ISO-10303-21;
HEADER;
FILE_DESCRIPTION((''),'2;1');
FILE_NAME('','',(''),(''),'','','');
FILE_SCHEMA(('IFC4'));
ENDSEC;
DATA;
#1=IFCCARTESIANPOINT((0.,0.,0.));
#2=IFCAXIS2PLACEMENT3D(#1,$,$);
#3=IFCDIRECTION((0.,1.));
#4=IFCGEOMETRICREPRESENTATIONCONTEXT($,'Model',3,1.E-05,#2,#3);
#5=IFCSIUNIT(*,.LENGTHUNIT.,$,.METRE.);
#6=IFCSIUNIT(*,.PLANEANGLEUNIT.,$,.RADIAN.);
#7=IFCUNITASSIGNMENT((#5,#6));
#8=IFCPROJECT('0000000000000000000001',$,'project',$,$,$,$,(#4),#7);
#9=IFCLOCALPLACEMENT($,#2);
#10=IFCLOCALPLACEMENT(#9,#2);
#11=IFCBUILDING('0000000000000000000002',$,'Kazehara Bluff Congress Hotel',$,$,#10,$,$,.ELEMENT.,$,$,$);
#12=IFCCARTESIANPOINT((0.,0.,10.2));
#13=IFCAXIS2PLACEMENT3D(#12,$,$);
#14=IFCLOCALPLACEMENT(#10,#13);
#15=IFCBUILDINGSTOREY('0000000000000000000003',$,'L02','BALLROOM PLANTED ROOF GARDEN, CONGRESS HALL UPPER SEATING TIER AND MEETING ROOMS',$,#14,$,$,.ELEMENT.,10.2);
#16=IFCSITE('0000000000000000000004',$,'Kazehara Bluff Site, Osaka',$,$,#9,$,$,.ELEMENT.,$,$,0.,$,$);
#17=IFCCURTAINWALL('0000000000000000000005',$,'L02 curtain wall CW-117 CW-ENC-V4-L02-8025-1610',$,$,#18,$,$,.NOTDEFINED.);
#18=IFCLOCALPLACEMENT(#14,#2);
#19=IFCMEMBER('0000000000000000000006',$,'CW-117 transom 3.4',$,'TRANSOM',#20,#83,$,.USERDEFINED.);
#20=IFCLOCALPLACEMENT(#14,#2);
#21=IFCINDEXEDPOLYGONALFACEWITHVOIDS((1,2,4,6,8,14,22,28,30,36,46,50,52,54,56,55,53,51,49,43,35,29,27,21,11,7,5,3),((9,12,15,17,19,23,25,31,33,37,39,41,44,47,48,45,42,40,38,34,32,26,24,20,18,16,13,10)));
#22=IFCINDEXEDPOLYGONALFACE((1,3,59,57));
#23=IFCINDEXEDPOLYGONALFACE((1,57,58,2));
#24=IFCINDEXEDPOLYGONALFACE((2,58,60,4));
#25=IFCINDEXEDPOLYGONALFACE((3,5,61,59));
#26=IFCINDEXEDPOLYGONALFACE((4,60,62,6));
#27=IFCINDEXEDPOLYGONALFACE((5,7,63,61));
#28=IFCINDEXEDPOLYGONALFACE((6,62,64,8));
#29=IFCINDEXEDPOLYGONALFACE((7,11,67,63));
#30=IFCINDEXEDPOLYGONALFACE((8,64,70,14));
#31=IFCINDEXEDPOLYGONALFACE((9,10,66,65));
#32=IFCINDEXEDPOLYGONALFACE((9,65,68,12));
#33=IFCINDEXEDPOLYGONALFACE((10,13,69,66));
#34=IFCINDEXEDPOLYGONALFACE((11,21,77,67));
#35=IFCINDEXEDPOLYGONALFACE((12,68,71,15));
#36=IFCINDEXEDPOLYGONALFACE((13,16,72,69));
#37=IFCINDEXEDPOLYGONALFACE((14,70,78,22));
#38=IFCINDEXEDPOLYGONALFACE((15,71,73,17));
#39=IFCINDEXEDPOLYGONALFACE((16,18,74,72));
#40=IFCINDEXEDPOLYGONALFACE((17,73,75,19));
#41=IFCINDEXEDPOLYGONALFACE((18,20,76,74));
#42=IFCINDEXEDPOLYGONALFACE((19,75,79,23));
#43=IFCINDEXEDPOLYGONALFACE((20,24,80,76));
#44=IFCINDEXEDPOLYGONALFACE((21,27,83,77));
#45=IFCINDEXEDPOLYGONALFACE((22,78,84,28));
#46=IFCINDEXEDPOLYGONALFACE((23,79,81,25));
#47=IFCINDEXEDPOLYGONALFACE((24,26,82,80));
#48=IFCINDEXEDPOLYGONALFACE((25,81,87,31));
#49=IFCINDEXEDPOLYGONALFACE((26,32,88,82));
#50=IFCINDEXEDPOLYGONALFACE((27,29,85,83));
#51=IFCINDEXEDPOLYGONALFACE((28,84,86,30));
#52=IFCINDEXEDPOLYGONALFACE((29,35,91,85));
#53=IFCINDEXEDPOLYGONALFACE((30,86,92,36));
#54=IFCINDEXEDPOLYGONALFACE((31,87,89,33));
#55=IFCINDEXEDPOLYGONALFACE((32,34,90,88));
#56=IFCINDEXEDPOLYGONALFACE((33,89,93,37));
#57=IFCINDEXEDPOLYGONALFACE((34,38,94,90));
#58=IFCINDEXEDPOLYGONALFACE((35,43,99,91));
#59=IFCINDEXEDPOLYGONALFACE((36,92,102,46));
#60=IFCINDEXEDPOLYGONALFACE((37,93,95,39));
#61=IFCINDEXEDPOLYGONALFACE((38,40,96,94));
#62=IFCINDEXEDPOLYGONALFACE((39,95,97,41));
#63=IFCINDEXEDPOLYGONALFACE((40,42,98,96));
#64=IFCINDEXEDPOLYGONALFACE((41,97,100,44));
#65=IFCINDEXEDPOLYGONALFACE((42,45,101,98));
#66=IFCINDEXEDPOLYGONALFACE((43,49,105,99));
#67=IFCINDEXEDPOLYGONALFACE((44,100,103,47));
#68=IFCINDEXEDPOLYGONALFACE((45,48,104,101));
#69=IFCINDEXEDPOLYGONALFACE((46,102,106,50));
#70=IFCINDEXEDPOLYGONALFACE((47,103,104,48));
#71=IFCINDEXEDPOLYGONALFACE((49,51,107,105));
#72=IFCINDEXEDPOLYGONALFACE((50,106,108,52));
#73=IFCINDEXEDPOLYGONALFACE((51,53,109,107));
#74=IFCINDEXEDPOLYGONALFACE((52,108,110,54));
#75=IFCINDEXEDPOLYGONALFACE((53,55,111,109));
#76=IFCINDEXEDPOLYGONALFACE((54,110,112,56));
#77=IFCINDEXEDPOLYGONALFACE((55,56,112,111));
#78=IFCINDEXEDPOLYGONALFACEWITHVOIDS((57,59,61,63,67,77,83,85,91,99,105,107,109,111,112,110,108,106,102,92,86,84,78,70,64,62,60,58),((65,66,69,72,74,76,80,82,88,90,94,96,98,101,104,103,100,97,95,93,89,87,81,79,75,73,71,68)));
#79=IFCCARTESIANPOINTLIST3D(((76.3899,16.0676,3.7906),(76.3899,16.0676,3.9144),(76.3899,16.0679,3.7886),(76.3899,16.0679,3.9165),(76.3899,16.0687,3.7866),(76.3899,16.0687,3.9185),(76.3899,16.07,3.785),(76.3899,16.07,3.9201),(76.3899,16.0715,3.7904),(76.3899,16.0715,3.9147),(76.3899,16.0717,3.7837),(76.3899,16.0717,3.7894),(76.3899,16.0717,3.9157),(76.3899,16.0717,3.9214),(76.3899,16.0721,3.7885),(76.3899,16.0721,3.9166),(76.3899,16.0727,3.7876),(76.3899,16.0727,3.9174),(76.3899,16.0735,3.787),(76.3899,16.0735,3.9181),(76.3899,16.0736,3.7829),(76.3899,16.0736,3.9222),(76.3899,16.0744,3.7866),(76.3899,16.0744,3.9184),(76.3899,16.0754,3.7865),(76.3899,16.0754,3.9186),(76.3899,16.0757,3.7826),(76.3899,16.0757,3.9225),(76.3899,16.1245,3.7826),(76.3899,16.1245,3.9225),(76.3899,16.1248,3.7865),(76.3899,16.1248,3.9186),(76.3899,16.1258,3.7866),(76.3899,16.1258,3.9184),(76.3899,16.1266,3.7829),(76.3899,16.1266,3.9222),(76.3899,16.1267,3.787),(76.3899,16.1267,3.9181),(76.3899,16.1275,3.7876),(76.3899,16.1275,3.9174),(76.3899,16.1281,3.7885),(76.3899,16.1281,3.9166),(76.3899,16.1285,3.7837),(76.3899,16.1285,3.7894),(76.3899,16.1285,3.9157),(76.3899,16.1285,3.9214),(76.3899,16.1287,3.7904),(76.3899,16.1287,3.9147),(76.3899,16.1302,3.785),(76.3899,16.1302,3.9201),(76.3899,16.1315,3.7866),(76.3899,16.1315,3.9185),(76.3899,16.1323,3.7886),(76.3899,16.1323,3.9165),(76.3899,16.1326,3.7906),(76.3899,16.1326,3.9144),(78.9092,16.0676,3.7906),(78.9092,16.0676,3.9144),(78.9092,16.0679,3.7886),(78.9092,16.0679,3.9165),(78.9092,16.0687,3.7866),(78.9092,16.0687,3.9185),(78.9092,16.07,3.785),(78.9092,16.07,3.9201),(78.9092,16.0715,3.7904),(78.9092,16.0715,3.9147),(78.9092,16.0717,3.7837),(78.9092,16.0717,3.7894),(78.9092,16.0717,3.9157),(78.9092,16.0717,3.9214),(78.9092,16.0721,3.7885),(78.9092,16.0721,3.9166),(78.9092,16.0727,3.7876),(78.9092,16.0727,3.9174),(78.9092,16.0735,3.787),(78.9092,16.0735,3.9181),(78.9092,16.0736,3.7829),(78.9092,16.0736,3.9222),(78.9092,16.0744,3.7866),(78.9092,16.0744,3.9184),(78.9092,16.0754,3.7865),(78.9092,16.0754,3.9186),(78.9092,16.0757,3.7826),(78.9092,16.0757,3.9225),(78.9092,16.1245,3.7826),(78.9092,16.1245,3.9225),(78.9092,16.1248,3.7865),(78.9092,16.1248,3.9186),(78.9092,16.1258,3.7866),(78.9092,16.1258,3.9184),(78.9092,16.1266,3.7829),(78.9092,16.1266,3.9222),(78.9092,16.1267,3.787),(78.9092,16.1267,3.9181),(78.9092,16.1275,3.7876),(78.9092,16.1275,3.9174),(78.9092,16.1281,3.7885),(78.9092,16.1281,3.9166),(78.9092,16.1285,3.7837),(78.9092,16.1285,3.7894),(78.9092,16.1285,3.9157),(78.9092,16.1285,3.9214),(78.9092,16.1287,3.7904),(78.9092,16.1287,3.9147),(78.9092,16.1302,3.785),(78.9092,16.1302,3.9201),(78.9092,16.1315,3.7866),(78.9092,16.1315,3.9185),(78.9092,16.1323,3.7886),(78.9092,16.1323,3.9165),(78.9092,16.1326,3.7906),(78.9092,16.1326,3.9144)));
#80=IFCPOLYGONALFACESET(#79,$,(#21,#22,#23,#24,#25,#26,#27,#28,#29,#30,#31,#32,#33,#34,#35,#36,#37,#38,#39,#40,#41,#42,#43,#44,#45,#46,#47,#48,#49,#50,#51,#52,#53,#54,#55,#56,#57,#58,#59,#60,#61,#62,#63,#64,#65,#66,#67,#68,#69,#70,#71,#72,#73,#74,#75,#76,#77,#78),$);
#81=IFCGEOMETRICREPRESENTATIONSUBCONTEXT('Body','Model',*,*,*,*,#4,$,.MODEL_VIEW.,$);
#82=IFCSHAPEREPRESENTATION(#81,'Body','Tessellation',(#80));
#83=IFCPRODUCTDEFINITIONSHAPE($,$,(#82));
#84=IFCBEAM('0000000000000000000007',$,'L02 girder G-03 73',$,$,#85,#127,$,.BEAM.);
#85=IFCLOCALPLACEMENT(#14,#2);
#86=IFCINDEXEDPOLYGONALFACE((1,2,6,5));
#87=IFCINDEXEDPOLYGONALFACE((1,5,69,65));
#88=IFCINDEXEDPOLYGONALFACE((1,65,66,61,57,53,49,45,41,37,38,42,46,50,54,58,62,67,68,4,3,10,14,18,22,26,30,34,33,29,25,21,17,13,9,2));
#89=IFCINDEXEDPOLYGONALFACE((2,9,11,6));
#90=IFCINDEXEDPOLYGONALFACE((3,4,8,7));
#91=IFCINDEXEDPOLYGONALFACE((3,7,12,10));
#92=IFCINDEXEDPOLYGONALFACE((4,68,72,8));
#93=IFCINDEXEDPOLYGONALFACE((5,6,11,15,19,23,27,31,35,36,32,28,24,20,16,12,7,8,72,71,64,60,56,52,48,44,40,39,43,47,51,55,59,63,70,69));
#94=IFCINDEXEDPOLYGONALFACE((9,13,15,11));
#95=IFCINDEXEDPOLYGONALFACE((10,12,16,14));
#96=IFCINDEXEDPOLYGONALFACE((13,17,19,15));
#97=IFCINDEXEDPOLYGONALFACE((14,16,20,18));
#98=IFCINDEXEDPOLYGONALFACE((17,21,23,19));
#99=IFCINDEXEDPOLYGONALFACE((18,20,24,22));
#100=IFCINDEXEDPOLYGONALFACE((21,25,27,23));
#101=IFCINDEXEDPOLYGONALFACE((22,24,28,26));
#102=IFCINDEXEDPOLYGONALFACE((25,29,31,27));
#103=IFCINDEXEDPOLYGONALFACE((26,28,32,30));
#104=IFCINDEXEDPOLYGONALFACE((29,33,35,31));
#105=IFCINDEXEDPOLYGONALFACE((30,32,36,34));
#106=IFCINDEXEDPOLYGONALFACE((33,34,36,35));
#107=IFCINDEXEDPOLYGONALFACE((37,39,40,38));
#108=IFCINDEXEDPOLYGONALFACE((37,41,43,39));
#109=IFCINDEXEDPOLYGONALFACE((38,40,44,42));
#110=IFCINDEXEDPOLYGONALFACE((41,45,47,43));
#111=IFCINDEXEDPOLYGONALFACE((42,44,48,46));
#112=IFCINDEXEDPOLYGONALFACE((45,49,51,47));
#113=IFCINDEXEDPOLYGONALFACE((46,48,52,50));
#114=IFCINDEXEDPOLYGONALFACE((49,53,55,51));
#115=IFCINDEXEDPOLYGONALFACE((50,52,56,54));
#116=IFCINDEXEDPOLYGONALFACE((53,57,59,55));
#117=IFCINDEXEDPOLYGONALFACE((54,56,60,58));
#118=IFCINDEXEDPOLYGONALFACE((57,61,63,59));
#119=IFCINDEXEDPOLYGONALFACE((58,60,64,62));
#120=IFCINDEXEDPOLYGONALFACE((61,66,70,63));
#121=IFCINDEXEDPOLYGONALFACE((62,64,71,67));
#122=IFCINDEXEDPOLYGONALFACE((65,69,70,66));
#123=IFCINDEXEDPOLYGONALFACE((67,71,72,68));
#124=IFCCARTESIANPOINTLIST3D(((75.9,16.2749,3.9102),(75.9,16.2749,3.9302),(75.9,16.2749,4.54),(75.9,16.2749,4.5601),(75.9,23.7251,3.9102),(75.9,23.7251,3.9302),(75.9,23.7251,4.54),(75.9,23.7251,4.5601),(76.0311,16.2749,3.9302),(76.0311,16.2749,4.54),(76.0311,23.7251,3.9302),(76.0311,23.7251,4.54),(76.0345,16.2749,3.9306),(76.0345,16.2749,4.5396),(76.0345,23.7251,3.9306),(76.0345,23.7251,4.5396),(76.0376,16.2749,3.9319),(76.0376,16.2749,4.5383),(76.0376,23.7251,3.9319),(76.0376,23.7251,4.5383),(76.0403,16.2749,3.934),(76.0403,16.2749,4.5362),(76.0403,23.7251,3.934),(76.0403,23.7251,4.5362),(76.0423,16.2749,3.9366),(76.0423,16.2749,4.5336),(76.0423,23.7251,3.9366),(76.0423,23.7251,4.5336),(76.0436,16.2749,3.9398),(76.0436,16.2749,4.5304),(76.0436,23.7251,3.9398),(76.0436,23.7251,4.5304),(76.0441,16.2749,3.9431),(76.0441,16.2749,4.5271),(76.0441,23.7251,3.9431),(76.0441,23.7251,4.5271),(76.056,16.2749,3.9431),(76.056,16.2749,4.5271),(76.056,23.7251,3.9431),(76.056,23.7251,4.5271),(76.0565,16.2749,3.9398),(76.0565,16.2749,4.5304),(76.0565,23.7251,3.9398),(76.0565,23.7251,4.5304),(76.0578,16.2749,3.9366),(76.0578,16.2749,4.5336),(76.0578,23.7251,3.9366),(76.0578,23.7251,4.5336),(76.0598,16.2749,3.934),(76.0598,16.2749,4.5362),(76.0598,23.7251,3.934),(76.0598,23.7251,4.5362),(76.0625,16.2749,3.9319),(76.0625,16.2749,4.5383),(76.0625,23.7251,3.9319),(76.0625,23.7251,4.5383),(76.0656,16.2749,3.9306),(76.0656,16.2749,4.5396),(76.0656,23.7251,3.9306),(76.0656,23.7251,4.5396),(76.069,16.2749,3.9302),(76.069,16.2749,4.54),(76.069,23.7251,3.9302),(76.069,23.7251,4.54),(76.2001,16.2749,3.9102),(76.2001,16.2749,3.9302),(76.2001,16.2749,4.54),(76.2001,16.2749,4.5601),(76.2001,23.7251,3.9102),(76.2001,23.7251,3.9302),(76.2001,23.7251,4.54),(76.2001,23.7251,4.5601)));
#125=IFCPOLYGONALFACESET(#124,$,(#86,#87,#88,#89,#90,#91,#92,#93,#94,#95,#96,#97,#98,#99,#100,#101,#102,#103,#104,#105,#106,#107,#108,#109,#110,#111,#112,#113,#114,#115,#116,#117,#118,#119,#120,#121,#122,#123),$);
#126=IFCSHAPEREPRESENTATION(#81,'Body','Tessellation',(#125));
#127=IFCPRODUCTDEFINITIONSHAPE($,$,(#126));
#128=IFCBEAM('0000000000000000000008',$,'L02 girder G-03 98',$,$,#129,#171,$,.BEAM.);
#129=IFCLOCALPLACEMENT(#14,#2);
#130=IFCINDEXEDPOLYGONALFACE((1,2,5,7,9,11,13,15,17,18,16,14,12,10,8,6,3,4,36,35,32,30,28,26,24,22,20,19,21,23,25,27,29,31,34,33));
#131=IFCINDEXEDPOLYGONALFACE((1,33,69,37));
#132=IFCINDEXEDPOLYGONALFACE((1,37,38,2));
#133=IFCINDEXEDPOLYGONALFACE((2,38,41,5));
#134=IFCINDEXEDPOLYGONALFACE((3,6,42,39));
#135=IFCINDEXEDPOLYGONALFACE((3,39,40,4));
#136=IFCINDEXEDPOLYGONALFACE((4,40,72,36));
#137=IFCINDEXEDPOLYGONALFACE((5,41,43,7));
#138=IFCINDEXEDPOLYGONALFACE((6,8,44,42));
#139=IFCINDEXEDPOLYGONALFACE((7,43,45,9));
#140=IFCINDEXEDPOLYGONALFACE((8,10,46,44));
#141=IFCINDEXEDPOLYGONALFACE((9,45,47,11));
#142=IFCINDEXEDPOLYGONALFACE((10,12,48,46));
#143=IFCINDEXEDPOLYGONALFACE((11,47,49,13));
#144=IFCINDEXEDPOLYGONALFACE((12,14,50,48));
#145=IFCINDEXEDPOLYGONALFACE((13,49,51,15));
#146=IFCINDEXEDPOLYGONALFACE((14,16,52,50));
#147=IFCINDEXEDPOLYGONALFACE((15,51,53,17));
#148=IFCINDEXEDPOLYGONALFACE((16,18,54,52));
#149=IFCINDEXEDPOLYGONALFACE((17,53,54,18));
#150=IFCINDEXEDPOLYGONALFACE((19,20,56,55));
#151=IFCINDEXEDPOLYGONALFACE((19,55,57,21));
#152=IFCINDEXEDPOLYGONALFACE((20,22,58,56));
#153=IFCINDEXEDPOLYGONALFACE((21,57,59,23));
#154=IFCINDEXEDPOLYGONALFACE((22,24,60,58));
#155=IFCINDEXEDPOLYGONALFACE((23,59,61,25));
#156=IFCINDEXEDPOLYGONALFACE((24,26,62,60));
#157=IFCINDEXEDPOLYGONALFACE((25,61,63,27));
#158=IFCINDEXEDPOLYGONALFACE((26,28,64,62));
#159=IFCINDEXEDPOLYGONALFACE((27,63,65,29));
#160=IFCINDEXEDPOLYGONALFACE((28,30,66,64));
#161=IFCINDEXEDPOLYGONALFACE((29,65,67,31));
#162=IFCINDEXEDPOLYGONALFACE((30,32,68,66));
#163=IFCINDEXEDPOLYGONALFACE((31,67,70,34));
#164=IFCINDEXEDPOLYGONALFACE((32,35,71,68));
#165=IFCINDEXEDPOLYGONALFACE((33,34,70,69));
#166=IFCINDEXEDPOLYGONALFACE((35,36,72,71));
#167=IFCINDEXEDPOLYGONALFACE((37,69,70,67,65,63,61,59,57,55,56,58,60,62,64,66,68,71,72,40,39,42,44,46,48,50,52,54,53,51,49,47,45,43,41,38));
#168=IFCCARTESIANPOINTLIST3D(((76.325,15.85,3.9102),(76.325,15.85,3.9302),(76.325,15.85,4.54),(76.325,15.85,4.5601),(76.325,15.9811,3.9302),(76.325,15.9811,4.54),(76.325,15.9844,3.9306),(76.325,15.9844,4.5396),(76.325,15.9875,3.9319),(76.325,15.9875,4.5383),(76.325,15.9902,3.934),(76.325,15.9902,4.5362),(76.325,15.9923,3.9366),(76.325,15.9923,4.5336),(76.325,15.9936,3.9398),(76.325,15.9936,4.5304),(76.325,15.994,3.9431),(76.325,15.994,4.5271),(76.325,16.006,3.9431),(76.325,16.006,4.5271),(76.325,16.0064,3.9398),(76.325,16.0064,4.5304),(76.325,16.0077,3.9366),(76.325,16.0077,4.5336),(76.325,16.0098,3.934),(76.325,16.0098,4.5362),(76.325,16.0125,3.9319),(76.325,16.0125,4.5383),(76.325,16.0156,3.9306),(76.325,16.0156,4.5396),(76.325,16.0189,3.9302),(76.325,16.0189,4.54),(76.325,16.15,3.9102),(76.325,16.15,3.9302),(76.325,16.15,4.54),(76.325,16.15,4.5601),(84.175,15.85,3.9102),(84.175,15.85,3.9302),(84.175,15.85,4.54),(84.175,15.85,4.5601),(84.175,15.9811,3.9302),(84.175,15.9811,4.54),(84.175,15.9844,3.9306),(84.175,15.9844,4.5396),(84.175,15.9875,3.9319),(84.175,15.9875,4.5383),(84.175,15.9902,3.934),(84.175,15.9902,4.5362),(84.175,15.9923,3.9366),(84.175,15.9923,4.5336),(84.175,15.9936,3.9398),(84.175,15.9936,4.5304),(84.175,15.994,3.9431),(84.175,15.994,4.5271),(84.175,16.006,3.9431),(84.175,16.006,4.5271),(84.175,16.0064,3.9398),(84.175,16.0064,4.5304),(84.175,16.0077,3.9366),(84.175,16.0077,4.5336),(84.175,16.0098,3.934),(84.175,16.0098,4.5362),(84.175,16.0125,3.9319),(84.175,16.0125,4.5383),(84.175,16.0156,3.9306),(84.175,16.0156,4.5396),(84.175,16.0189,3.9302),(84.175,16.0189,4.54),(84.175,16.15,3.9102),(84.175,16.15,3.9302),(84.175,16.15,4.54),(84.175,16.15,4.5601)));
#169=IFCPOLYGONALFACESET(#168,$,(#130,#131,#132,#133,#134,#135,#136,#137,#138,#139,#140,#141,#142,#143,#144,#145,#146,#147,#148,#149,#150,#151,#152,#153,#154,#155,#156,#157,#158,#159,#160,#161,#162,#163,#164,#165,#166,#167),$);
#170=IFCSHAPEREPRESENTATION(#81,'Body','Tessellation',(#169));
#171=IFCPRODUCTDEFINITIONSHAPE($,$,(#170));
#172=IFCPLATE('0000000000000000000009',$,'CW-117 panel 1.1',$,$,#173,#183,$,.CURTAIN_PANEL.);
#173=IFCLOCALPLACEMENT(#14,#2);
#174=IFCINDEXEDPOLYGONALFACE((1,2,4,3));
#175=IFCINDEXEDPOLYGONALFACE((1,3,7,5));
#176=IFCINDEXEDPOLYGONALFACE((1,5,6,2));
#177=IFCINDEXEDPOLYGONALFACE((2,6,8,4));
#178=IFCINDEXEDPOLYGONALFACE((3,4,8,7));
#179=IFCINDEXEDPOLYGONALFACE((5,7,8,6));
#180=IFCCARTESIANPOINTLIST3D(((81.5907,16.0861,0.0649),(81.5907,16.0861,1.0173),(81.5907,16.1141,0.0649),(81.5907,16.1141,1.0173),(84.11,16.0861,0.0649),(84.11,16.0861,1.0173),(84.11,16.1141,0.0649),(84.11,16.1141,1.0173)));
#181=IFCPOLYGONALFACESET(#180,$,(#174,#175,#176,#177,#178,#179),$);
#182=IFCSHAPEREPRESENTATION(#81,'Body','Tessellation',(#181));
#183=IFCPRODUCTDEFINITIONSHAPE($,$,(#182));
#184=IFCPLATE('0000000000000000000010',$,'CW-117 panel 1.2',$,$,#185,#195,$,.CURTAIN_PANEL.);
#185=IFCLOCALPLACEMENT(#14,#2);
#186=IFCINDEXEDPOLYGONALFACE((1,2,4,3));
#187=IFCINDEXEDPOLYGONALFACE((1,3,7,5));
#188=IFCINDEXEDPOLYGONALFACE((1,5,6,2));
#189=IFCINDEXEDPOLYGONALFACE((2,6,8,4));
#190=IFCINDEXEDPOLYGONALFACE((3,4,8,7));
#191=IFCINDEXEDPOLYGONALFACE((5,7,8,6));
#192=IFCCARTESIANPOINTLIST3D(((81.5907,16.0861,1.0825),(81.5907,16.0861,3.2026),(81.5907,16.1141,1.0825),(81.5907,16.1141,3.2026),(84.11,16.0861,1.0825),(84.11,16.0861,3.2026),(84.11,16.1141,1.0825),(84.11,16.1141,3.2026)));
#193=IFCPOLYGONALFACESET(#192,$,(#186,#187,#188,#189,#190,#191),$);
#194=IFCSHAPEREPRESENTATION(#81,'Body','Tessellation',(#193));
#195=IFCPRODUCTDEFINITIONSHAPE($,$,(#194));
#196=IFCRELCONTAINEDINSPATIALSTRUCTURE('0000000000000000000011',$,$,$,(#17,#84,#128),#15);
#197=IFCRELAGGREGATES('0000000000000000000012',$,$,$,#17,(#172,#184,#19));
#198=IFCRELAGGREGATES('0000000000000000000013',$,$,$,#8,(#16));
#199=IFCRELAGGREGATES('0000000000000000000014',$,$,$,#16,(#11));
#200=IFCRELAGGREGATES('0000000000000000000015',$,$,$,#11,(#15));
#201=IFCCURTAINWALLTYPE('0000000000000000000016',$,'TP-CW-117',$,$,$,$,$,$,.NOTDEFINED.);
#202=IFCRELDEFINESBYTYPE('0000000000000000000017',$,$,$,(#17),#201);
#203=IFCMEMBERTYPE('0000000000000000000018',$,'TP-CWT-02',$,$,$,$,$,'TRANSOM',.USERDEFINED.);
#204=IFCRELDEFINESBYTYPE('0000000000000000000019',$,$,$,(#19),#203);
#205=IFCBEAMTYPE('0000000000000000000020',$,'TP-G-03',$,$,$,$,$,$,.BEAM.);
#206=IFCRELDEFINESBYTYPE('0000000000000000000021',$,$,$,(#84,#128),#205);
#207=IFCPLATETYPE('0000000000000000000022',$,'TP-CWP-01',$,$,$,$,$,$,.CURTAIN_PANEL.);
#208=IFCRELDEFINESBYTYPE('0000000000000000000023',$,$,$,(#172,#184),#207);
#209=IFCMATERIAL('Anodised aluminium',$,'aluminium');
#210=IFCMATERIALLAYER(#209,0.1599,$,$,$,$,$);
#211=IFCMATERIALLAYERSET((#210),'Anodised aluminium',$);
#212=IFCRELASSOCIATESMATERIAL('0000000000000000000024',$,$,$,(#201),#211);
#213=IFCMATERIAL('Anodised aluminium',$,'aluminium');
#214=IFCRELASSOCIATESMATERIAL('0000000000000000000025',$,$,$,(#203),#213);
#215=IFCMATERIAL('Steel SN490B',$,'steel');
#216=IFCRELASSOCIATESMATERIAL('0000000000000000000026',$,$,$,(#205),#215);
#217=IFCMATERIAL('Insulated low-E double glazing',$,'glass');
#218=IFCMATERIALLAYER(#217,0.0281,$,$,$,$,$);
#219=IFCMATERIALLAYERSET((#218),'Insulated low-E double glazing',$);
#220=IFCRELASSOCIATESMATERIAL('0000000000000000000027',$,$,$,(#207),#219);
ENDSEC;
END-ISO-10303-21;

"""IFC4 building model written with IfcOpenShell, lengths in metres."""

from ifc_helpers import new_model, si_unit, direction, frame, origin, origin_2d, place, context, subcontext, project, spatial, rectangle, hollow_rectangle, i_section, extrude, material, layer, layer_set, material_profile, profile_set, type_object, element, aggregate, save


model = new_model("IFC4")

# Units and contexts
model_context = context("Model", 3, precision=1e-05, world=origin(), true_north=direction((0.0, 1.0)))
body_context = subcontext(model_context, "Body", "Model", "MODEL_VIEW")
ifc_project = project(units=[si_unit("LENGTHUNIT", "METRE"), si_unit("PLANEANGLEUNIT", "RADIAN")], contexts=[model_context])

# Site, building, storey
site_placement = place(None, origin())
site = spatial("IfcSite", under=ifc_project, at=site_placement, Name="Kazehara Bluff Site, Osaka", CompositionType="ELEMENT", RefElevation=0.0)
building_placement = place(site_placement, origin())
building = spatial("IfcBuilding", under=site, at=building_placement, Name="Kazehara Bluff Congress Hotel", CompositionType="ELEMENT")
storey_placement = place(building_placement, frame((0.0, 0.0, 10.2)))
storey = spatial("IfcBuildingStorey", under=building, at=storey_placement, Name="L02", Description="BALLROOM PLANTED ROOF GARDEN, CONGRESS HALL UPPER SEATING TIER AND MEETING ROOMS", CompositionType="ELEMENT", Elevation=10.2)

# Curtain wall
ifc_material_1 = material(Name="Anodised aluminium", Category="aluminium")
ifc_layer_1 = layer(ifc_material_1, 0.1599)
ifc_layer_set_1 = layer_set([ifc_layer_1], Name="Anodised aluminium")
curtain_wall_type_1 = type_object("IfcCurtainWallType", Name="TP-CW-117", PredefinedType="NOTDEFINED", material=ifc_layer_set_1)
curtain_wall_1_placement = place(storey_placement, origin())
curtain_wall_1 = element("IfcCurtainWall", 1, at=curtain_wall_1_placement, inside=storey, type_object=curtain_wall_type_1, Name="L02 curtain wall CW-117 CW-ENC-V4-L02-8025-1610", PredefinedType="NOTDEFINED")

# Member
ifc_material_2 = material(Name="Anodised aluminium", Category="aluminium")
ifc_material_profile_1 = material_profile(ifc_material_2, hollow_rectangle(XDim=0.0649, YDim=0.1399, WallThickness=0.0039, InnerFilletRadius=0.0039, OuterFilletRadius=0.0081, at=origin_2d()))
ifc_profile_set_1 = profile_set([ifc_material_profile_1], Name="Anodised aluminium")
member_type_1 = type_object("IfcMemberType", Name="TP-CWT-02", ElementType="TRANSOM", PredefinedType="USERDEFINED", material=ifc_profile_set_1)
member_1_placement = place(storey_placement, frame((78.9092, 16.1001, 3.8525), z_axis=(-1.0, 0.0, 0.0), x_axis=(0.0, -1.0, 0.0)))
member_1 = element("IfcMember", 2, at=member_1_placement, type_object=member_type_1, Name="CW-117 transom 3.4", ObjectType="TRANSOM", PredefinedType="USERDEFINED", context=body_context, shape_type="SweptSolid", body=[
    extrude(hollow_rectangle(XDim=0.0649, YDim=0.1399, WallThickness=0.0039, InnerFilletRadius=0.0039, OuterFilletRadius=0.0081, at=origin_2d()), origin(), (0.0, 0.0, 1.0), 2.5193),
])

# Beams
ifc_material_3 = material(Name="Steel SN490B", Category="steel")
ifc_material_profile_2 = material_profile(ifc_material_3, i_section(OverallWidth=0.3, OverallDepth=0.6499, WebThickness=0.012, FlangeThickness=0.02, FilletRadius=0.0129, at=origin_2d()))
ifc_profile_set_2 = profile_set([ifc_material_profile_2], Name="Steel SN490B")
beam_type = type_object("IfcBeamType", Name="TP-G-03", PredefinedType="BEAM", material=ifc_profile_set_2)
beam_1_placement = place(storey_placement, frame((76.05, 16.2749, 4.2351), z_axis=(0.0, 1.0, 0.0), x_axis=(-1.0, 0.0, 0.0)))
element("IfcBeam", 3, at=beam_1_placement, inside=storey, type_object=beam_type, Name="L02 girder G-03 73", PredefinedType="BEAM", context=body_context, shape_type="SweptSolid", body=[
    extrude(i_section(OverallWidth=0.3, OverallDepth=0.6499, WebThickness=0.012, FlangeThickness=0.02, FilletRadius=0.0129, at=origin_2d()), origin(), (0.0, 0.0, 1.0), 7.4502),
])
beam_2_placement = place(storey_placement, frame((76.325, 16.0, 4.2351), z_axis=(1.0, 0.0, 0.0), x_axis=(0.0, 1.0, 0.0)))
element("IfcBeam", 4, at=beam_2_placement, inside=storey, type_object=beam_type, Name="L02 girder G-03 98", PredefinedType="BEAM", context=body_context, shape_type="SweptSolid", body=[
    extrude(i_section(OverallWidth=0.3, OverallDepth=0.6499, WebThickness=0.012, FlangeThickness=0.02, FilletRadius=0.0129, at=origin_2d()), origin(), (0.0, 0.0, 1.0), 7.8501),
])

# Plates
ifc_material_4 = material(Name="Insulated low-E double glazing", Category="glass")
ifc_layer_2 = layer(ifc_material_4, 0.0281)
ifc_layer_set_2 = layer_set([ifc_layer_2], Name="Insulated low-E double glazing")
plate_type = type_object("IfcPlateType", Name="TP-CWP-01", PredefinedType="CURTAIN_PANEL", material=ifc_layer_set_2)
plate_1_placement = place(storey_placement, frame((82.8503, 16.1001, 0.0649), z_axis=(0.0, 0.0, 1.0), x_axis=(-1.0, 0.0, 0.0)))
plate_1 = element("IfcPlate", 5, at=plate_1_placement, type_object=plate_type, Name="CW-117 panel 1.1", PredefinedType="CURTAIN_PANEL", context=body_context, shape_type="SweptSolid", body=[
    extrude(rectangle(XDim=2.5193, YDim=0.0281, at=origin_2d()), origin(), (0.0, 0.0, 1.0), 0.9524),
])
plate_2_placement = place(storey_placement, frame((82.8503, 16.1001, 1.0825), z_axis=(0.0, 0.0, 1.0), x_axis=(-1.0, 0.0, 0.0)))
plate_2 = element("IfcPlate", 6, at=plate_2_placement, type_object=plate_type, Name="CW-117 panel 1.2", PredefinedType="CURTAIN_PANEL", context=body_context, shape_type="SweptSolid", body=[
    extrude(rectangle(XDim=2.5193, YDim=0.0281, at=origin_2d()), origin(), (0.0, 0.0, 1.0), 2.1201),
])
aggregate(curtain_wall_1, [plate_1, plate_2, member_1])

save(model, "model.ifc")
